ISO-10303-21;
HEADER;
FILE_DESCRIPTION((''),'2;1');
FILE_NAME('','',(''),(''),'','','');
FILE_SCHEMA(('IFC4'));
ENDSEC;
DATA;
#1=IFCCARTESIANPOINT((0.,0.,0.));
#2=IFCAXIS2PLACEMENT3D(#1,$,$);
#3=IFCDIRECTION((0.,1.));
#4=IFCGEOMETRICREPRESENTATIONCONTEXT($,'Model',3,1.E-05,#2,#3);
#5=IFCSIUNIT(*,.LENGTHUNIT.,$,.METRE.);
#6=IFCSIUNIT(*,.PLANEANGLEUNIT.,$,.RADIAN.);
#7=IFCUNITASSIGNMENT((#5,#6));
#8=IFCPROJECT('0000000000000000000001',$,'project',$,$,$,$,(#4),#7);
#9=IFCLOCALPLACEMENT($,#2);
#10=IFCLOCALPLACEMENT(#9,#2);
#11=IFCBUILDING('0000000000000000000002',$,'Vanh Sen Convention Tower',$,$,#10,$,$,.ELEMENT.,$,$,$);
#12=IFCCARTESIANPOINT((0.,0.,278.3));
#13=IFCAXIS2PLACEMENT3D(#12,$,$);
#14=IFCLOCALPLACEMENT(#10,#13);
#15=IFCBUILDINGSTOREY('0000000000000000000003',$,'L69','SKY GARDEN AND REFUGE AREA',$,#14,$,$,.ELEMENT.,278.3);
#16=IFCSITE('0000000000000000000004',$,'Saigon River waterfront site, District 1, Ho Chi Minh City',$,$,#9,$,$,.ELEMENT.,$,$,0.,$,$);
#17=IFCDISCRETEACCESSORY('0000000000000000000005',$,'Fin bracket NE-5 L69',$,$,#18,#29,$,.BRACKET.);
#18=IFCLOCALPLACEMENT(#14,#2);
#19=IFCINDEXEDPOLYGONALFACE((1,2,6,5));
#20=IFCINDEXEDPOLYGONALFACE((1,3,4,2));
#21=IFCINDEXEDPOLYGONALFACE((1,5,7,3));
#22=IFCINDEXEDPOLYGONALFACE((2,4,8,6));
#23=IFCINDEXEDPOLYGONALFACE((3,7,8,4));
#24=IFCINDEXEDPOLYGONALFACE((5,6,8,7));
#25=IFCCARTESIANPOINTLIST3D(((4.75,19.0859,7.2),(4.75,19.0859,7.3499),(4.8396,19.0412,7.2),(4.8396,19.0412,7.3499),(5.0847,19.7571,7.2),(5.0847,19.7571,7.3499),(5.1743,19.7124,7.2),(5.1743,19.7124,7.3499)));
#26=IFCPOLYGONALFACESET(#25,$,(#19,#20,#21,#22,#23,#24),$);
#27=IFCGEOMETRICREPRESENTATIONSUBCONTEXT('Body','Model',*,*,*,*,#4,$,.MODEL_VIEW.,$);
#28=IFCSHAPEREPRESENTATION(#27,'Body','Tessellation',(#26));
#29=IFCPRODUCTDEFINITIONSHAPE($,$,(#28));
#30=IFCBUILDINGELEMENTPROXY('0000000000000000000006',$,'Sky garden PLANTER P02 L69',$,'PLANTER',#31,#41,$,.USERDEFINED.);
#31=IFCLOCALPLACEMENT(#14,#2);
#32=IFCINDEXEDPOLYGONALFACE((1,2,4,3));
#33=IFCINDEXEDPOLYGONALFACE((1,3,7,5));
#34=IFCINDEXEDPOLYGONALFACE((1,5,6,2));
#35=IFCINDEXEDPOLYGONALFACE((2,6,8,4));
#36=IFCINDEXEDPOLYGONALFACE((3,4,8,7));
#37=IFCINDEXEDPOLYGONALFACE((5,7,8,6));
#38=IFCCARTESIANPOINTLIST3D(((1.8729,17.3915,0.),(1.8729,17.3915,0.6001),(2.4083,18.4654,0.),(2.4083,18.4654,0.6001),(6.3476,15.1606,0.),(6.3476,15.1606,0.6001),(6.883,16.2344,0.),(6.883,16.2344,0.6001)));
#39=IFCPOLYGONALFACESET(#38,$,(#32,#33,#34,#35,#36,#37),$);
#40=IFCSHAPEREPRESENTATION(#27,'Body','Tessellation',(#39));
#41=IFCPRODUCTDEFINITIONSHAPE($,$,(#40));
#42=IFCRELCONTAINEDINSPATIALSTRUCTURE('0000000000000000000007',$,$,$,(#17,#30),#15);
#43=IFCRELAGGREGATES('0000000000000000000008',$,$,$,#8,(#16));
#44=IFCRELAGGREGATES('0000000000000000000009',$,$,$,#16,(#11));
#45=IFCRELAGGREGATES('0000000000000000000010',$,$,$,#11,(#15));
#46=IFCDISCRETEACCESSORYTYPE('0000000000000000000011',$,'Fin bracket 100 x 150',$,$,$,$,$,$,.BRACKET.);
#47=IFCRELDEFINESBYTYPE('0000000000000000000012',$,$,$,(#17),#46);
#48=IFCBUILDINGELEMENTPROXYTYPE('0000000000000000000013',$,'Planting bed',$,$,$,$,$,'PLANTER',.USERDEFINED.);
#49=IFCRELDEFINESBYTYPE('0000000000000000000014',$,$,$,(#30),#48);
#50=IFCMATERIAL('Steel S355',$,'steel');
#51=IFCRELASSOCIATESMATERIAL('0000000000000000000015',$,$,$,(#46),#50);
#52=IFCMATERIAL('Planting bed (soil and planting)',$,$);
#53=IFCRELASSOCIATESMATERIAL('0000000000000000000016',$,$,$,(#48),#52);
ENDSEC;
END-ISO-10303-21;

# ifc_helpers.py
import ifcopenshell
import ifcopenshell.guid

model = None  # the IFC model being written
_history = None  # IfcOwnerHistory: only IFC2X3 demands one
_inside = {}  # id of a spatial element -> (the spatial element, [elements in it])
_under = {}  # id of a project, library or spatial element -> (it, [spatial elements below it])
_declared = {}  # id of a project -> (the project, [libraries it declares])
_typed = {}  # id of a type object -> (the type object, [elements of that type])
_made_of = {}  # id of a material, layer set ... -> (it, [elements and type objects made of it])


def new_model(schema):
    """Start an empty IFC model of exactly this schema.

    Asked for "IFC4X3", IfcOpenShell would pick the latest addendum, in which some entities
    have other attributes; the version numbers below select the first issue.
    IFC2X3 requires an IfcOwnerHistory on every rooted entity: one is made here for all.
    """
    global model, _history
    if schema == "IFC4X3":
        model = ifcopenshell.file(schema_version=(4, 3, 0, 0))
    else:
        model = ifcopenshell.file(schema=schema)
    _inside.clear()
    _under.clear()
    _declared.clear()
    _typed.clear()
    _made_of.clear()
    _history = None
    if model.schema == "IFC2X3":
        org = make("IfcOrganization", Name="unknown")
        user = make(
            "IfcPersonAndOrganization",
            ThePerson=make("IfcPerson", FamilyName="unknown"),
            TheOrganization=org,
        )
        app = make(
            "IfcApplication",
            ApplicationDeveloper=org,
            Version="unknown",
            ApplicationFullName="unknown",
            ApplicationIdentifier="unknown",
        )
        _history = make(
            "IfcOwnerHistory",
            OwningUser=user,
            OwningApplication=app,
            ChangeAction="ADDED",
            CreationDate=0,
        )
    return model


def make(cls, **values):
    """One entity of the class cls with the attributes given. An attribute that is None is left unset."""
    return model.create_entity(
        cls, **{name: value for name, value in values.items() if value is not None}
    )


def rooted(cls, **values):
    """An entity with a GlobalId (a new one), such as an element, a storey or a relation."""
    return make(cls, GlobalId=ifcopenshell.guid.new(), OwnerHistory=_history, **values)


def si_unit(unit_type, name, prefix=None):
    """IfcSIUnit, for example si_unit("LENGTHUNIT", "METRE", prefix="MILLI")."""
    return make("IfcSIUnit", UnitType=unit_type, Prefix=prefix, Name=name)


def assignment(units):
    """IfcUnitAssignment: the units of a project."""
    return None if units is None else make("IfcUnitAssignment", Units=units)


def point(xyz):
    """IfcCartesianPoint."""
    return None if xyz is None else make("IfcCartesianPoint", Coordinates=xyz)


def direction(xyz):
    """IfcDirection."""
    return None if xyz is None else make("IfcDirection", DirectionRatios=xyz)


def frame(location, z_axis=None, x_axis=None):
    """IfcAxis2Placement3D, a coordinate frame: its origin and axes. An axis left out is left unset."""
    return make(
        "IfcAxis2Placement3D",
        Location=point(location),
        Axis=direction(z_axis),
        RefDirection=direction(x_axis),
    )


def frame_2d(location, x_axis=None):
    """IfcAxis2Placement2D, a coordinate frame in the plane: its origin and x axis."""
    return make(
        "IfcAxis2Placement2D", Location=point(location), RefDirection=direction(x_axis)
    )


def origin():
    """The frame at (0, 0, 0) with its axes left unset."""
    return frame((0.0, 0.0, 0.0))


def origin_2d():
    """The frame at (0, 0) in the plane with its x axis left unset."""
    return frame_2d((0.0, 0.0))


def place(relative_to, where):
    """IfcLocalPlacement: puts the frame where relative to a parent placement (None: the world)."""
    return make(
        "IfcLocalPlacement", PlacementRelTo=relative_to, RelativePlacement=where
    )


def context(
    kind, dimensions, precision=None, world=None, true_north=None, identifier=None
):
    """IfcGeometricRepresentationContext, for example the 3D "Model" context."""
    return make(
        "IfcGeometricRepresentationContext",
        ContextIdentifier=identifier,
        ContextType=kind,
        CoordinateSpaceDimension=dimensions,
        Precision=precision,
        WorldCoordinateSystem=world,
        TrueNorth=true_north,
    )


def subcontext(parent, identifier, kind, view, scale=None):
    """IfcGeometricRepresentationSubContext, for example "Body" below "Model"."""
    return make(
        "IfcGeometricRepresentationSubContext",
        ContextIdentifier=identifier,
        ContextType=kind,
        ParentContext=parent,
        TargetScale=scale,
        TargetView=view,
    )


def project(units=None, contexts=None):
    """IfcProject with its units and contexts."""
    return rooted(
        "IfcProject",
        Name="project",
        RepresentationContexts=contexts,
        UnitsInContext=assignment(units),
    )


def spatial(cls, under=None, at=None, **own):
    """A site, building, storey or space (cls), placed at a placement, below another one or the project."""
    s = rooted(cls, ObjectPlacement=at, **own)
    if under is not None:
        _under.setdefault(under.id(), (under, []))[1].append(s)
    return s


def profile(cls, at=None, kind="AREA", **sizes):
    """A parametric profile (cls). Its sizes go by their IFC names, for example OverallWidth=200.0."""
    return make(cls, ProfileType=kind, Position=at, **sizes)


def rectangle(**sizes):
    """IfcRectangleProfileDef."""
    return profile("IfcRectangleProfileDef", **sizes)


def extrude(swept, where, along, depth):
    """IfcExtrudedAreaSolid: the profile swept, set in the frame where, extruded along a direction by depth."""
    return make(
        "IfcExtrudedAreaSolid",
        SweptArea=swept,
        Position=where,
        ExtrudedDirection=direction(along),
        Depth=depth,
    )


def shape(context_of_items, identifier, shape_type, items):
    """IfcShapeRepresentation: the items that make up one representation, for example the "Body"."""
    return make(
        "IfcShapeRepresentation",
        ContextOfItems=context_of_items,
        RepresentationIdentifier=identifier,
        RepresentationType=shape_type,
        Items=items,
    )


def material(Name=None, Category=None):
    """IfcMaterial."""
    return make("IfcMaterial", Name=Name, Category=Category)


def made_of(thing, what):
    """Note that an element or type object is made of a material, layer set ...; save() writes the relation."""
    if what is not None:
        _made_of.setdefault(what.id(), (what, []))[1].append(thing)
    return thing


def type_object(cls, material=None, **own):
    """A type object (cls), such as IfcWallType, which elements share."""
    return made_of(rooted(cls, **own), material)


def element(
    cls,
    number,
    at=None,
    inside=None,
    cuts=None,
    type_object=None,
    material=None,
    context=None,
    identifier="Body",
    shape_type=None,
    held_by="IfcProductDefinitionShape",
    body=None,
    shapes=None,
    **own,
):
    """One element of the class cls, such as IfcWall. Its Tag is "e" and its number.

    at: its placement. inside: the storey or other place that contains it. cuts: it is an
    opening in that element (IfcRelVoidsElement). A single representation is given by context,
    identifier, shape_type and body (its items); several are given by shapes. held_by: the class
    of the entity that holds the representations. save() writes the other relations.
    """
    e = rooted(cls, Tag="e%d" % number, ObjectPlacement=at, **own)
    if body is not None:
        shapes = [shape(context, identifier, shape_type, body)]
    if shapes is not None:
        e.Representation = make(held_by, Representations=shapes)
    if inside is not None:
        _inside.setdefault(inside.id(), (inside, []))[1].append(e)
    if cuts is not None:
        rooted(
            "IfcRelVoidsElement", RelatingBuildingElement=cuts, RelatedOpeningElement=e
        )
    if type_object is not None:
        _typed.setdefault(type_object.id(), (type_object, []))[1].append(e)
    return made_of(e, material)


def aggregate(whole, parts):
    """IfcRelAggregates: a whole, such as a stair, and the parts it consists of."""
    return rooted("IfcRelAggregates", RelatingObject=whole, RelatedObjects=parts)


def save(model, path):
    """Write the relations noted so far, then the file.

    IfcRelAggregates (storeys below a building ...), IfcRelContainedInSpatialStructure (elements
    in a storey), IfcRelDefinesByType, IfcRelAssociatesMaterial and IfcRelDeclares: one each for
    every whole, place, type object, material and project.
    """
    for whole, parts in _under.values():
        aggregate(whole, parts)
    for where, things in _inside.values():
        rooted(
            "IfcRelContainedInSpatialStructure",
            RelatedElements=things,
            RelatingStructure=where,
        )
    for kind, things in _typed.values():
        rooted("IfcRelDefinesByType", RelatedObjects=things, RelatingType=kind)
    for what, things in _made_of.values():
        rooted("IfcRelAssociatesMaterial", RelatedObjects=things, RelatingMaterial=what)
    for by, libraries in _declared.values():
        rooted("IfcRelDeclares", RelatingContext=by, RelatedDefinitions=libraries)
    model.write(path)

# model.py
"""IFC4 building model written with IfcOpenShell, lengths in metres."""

from ifc_helpers import new_model, si_unit, direction, frame, origin, origin_2d, place, context, subcontext, project, spatial, rectangle, extrude, material, type_object, element, save


model = new_model("IFC4")

# Units and contexts
model_context = context("Model", 3, precision=1e-05, world=origin(), true_north=direction((0.0, 1.0)))
body_context = subcontext(model_context, "Body", "Model", "MODEL_VIEW")
ifc_project = project(units=[si_unit("LENGTHUNIT", "METRE"), si_unit("PLANEANGLEUNIT", "RADIAN")], contexts=[model_context])

# Site, building, storey
site_placement = place(None, origin())
site = spatial("IfcSite", under=ifc_project, at=site_placement, Name="Saigon River waterfront site, District 1, Ho Chi Minh City", CompositionType="ELEMENT", RefElevation=0.0)
building_placement = place(site_placement, origin())
building = spatial("IfcBuilding", under=site, at=building_placement, Name="Vanh Sen Convention Tower", CompositionType="ELEMENT")
storey_placement = place(building_placement, frame((0.0, 0.0, 278.3)))
storey = spatial("IfcBuildingStorey", under=building, at=storey_placement, Name="L69", Description="SKY GARDEN AND REFUGE AREA", CompositionType="ELEMENT", Elevation=278.3)

# Discrete accessory
ifc_material_1 = material(Name="Steel S355", Category="steel")
discrete_accessory_type = type_object("IfcDiscreteAccessoryType", Name="Fin bracket 100 x 150", PredefinedType="BRACKET", material=ifc_material_1)
discrete_accessory_placement = place(storey_placement, frame((4.9622, 19.3992, 7.2), z_axis=(0.0, 0.0, 1.0), x_axis=(0.446198, 0.894934, 0.0)))
element("IfcDiscreteAccessory", 1, at=discrete_accessory_placement, inside=storey, type_object=discrete_accessory_type, Name="Fin bracket NE-5 L69", PredefinedType="BRACKET", context=body_context, shape_type="SweptSolid", body=[
    extrude(rectangle(XDim=0.75, YDim=0.1001, at=origin_2d()), origin(), (0.0, 0.0, 1.0), 0.1499),
])

# Building element proxy
ifc_material_2 = material(Name="Planting bed (soil and planting)")
building_element_proxy_type = type_object("IfcBuildingElementProxyType", Name="Planting bed", ElementType="PLANTER", PredefinedType="USERDEFINED", material=ifc_material_2)
proxy_placement = place(storey_placement, frame((4.3779, 16.813, 0.0), z_axis=(0.0, 0.0, 1.0), x_axis=(-0.894934, 0.446198, 0.0)))
element("IfcBuildingElementProxy", 2, at=proxy_placement, inside=storey, type_object=building_element_proxy_type, Name="Sky garden PLANTER P02 L69", ObjectType="PLANTER", PredefinedType="USERDEFINED", context=body_context, shape_type="SweptSolid", body=[
    extrude(rectangle(XDim=5.0, YDim=1.2, at=origin_2d()), origin(), (0.0, 0.0, 1.0), 0.6001),
])

save(model, "model.ifc")
